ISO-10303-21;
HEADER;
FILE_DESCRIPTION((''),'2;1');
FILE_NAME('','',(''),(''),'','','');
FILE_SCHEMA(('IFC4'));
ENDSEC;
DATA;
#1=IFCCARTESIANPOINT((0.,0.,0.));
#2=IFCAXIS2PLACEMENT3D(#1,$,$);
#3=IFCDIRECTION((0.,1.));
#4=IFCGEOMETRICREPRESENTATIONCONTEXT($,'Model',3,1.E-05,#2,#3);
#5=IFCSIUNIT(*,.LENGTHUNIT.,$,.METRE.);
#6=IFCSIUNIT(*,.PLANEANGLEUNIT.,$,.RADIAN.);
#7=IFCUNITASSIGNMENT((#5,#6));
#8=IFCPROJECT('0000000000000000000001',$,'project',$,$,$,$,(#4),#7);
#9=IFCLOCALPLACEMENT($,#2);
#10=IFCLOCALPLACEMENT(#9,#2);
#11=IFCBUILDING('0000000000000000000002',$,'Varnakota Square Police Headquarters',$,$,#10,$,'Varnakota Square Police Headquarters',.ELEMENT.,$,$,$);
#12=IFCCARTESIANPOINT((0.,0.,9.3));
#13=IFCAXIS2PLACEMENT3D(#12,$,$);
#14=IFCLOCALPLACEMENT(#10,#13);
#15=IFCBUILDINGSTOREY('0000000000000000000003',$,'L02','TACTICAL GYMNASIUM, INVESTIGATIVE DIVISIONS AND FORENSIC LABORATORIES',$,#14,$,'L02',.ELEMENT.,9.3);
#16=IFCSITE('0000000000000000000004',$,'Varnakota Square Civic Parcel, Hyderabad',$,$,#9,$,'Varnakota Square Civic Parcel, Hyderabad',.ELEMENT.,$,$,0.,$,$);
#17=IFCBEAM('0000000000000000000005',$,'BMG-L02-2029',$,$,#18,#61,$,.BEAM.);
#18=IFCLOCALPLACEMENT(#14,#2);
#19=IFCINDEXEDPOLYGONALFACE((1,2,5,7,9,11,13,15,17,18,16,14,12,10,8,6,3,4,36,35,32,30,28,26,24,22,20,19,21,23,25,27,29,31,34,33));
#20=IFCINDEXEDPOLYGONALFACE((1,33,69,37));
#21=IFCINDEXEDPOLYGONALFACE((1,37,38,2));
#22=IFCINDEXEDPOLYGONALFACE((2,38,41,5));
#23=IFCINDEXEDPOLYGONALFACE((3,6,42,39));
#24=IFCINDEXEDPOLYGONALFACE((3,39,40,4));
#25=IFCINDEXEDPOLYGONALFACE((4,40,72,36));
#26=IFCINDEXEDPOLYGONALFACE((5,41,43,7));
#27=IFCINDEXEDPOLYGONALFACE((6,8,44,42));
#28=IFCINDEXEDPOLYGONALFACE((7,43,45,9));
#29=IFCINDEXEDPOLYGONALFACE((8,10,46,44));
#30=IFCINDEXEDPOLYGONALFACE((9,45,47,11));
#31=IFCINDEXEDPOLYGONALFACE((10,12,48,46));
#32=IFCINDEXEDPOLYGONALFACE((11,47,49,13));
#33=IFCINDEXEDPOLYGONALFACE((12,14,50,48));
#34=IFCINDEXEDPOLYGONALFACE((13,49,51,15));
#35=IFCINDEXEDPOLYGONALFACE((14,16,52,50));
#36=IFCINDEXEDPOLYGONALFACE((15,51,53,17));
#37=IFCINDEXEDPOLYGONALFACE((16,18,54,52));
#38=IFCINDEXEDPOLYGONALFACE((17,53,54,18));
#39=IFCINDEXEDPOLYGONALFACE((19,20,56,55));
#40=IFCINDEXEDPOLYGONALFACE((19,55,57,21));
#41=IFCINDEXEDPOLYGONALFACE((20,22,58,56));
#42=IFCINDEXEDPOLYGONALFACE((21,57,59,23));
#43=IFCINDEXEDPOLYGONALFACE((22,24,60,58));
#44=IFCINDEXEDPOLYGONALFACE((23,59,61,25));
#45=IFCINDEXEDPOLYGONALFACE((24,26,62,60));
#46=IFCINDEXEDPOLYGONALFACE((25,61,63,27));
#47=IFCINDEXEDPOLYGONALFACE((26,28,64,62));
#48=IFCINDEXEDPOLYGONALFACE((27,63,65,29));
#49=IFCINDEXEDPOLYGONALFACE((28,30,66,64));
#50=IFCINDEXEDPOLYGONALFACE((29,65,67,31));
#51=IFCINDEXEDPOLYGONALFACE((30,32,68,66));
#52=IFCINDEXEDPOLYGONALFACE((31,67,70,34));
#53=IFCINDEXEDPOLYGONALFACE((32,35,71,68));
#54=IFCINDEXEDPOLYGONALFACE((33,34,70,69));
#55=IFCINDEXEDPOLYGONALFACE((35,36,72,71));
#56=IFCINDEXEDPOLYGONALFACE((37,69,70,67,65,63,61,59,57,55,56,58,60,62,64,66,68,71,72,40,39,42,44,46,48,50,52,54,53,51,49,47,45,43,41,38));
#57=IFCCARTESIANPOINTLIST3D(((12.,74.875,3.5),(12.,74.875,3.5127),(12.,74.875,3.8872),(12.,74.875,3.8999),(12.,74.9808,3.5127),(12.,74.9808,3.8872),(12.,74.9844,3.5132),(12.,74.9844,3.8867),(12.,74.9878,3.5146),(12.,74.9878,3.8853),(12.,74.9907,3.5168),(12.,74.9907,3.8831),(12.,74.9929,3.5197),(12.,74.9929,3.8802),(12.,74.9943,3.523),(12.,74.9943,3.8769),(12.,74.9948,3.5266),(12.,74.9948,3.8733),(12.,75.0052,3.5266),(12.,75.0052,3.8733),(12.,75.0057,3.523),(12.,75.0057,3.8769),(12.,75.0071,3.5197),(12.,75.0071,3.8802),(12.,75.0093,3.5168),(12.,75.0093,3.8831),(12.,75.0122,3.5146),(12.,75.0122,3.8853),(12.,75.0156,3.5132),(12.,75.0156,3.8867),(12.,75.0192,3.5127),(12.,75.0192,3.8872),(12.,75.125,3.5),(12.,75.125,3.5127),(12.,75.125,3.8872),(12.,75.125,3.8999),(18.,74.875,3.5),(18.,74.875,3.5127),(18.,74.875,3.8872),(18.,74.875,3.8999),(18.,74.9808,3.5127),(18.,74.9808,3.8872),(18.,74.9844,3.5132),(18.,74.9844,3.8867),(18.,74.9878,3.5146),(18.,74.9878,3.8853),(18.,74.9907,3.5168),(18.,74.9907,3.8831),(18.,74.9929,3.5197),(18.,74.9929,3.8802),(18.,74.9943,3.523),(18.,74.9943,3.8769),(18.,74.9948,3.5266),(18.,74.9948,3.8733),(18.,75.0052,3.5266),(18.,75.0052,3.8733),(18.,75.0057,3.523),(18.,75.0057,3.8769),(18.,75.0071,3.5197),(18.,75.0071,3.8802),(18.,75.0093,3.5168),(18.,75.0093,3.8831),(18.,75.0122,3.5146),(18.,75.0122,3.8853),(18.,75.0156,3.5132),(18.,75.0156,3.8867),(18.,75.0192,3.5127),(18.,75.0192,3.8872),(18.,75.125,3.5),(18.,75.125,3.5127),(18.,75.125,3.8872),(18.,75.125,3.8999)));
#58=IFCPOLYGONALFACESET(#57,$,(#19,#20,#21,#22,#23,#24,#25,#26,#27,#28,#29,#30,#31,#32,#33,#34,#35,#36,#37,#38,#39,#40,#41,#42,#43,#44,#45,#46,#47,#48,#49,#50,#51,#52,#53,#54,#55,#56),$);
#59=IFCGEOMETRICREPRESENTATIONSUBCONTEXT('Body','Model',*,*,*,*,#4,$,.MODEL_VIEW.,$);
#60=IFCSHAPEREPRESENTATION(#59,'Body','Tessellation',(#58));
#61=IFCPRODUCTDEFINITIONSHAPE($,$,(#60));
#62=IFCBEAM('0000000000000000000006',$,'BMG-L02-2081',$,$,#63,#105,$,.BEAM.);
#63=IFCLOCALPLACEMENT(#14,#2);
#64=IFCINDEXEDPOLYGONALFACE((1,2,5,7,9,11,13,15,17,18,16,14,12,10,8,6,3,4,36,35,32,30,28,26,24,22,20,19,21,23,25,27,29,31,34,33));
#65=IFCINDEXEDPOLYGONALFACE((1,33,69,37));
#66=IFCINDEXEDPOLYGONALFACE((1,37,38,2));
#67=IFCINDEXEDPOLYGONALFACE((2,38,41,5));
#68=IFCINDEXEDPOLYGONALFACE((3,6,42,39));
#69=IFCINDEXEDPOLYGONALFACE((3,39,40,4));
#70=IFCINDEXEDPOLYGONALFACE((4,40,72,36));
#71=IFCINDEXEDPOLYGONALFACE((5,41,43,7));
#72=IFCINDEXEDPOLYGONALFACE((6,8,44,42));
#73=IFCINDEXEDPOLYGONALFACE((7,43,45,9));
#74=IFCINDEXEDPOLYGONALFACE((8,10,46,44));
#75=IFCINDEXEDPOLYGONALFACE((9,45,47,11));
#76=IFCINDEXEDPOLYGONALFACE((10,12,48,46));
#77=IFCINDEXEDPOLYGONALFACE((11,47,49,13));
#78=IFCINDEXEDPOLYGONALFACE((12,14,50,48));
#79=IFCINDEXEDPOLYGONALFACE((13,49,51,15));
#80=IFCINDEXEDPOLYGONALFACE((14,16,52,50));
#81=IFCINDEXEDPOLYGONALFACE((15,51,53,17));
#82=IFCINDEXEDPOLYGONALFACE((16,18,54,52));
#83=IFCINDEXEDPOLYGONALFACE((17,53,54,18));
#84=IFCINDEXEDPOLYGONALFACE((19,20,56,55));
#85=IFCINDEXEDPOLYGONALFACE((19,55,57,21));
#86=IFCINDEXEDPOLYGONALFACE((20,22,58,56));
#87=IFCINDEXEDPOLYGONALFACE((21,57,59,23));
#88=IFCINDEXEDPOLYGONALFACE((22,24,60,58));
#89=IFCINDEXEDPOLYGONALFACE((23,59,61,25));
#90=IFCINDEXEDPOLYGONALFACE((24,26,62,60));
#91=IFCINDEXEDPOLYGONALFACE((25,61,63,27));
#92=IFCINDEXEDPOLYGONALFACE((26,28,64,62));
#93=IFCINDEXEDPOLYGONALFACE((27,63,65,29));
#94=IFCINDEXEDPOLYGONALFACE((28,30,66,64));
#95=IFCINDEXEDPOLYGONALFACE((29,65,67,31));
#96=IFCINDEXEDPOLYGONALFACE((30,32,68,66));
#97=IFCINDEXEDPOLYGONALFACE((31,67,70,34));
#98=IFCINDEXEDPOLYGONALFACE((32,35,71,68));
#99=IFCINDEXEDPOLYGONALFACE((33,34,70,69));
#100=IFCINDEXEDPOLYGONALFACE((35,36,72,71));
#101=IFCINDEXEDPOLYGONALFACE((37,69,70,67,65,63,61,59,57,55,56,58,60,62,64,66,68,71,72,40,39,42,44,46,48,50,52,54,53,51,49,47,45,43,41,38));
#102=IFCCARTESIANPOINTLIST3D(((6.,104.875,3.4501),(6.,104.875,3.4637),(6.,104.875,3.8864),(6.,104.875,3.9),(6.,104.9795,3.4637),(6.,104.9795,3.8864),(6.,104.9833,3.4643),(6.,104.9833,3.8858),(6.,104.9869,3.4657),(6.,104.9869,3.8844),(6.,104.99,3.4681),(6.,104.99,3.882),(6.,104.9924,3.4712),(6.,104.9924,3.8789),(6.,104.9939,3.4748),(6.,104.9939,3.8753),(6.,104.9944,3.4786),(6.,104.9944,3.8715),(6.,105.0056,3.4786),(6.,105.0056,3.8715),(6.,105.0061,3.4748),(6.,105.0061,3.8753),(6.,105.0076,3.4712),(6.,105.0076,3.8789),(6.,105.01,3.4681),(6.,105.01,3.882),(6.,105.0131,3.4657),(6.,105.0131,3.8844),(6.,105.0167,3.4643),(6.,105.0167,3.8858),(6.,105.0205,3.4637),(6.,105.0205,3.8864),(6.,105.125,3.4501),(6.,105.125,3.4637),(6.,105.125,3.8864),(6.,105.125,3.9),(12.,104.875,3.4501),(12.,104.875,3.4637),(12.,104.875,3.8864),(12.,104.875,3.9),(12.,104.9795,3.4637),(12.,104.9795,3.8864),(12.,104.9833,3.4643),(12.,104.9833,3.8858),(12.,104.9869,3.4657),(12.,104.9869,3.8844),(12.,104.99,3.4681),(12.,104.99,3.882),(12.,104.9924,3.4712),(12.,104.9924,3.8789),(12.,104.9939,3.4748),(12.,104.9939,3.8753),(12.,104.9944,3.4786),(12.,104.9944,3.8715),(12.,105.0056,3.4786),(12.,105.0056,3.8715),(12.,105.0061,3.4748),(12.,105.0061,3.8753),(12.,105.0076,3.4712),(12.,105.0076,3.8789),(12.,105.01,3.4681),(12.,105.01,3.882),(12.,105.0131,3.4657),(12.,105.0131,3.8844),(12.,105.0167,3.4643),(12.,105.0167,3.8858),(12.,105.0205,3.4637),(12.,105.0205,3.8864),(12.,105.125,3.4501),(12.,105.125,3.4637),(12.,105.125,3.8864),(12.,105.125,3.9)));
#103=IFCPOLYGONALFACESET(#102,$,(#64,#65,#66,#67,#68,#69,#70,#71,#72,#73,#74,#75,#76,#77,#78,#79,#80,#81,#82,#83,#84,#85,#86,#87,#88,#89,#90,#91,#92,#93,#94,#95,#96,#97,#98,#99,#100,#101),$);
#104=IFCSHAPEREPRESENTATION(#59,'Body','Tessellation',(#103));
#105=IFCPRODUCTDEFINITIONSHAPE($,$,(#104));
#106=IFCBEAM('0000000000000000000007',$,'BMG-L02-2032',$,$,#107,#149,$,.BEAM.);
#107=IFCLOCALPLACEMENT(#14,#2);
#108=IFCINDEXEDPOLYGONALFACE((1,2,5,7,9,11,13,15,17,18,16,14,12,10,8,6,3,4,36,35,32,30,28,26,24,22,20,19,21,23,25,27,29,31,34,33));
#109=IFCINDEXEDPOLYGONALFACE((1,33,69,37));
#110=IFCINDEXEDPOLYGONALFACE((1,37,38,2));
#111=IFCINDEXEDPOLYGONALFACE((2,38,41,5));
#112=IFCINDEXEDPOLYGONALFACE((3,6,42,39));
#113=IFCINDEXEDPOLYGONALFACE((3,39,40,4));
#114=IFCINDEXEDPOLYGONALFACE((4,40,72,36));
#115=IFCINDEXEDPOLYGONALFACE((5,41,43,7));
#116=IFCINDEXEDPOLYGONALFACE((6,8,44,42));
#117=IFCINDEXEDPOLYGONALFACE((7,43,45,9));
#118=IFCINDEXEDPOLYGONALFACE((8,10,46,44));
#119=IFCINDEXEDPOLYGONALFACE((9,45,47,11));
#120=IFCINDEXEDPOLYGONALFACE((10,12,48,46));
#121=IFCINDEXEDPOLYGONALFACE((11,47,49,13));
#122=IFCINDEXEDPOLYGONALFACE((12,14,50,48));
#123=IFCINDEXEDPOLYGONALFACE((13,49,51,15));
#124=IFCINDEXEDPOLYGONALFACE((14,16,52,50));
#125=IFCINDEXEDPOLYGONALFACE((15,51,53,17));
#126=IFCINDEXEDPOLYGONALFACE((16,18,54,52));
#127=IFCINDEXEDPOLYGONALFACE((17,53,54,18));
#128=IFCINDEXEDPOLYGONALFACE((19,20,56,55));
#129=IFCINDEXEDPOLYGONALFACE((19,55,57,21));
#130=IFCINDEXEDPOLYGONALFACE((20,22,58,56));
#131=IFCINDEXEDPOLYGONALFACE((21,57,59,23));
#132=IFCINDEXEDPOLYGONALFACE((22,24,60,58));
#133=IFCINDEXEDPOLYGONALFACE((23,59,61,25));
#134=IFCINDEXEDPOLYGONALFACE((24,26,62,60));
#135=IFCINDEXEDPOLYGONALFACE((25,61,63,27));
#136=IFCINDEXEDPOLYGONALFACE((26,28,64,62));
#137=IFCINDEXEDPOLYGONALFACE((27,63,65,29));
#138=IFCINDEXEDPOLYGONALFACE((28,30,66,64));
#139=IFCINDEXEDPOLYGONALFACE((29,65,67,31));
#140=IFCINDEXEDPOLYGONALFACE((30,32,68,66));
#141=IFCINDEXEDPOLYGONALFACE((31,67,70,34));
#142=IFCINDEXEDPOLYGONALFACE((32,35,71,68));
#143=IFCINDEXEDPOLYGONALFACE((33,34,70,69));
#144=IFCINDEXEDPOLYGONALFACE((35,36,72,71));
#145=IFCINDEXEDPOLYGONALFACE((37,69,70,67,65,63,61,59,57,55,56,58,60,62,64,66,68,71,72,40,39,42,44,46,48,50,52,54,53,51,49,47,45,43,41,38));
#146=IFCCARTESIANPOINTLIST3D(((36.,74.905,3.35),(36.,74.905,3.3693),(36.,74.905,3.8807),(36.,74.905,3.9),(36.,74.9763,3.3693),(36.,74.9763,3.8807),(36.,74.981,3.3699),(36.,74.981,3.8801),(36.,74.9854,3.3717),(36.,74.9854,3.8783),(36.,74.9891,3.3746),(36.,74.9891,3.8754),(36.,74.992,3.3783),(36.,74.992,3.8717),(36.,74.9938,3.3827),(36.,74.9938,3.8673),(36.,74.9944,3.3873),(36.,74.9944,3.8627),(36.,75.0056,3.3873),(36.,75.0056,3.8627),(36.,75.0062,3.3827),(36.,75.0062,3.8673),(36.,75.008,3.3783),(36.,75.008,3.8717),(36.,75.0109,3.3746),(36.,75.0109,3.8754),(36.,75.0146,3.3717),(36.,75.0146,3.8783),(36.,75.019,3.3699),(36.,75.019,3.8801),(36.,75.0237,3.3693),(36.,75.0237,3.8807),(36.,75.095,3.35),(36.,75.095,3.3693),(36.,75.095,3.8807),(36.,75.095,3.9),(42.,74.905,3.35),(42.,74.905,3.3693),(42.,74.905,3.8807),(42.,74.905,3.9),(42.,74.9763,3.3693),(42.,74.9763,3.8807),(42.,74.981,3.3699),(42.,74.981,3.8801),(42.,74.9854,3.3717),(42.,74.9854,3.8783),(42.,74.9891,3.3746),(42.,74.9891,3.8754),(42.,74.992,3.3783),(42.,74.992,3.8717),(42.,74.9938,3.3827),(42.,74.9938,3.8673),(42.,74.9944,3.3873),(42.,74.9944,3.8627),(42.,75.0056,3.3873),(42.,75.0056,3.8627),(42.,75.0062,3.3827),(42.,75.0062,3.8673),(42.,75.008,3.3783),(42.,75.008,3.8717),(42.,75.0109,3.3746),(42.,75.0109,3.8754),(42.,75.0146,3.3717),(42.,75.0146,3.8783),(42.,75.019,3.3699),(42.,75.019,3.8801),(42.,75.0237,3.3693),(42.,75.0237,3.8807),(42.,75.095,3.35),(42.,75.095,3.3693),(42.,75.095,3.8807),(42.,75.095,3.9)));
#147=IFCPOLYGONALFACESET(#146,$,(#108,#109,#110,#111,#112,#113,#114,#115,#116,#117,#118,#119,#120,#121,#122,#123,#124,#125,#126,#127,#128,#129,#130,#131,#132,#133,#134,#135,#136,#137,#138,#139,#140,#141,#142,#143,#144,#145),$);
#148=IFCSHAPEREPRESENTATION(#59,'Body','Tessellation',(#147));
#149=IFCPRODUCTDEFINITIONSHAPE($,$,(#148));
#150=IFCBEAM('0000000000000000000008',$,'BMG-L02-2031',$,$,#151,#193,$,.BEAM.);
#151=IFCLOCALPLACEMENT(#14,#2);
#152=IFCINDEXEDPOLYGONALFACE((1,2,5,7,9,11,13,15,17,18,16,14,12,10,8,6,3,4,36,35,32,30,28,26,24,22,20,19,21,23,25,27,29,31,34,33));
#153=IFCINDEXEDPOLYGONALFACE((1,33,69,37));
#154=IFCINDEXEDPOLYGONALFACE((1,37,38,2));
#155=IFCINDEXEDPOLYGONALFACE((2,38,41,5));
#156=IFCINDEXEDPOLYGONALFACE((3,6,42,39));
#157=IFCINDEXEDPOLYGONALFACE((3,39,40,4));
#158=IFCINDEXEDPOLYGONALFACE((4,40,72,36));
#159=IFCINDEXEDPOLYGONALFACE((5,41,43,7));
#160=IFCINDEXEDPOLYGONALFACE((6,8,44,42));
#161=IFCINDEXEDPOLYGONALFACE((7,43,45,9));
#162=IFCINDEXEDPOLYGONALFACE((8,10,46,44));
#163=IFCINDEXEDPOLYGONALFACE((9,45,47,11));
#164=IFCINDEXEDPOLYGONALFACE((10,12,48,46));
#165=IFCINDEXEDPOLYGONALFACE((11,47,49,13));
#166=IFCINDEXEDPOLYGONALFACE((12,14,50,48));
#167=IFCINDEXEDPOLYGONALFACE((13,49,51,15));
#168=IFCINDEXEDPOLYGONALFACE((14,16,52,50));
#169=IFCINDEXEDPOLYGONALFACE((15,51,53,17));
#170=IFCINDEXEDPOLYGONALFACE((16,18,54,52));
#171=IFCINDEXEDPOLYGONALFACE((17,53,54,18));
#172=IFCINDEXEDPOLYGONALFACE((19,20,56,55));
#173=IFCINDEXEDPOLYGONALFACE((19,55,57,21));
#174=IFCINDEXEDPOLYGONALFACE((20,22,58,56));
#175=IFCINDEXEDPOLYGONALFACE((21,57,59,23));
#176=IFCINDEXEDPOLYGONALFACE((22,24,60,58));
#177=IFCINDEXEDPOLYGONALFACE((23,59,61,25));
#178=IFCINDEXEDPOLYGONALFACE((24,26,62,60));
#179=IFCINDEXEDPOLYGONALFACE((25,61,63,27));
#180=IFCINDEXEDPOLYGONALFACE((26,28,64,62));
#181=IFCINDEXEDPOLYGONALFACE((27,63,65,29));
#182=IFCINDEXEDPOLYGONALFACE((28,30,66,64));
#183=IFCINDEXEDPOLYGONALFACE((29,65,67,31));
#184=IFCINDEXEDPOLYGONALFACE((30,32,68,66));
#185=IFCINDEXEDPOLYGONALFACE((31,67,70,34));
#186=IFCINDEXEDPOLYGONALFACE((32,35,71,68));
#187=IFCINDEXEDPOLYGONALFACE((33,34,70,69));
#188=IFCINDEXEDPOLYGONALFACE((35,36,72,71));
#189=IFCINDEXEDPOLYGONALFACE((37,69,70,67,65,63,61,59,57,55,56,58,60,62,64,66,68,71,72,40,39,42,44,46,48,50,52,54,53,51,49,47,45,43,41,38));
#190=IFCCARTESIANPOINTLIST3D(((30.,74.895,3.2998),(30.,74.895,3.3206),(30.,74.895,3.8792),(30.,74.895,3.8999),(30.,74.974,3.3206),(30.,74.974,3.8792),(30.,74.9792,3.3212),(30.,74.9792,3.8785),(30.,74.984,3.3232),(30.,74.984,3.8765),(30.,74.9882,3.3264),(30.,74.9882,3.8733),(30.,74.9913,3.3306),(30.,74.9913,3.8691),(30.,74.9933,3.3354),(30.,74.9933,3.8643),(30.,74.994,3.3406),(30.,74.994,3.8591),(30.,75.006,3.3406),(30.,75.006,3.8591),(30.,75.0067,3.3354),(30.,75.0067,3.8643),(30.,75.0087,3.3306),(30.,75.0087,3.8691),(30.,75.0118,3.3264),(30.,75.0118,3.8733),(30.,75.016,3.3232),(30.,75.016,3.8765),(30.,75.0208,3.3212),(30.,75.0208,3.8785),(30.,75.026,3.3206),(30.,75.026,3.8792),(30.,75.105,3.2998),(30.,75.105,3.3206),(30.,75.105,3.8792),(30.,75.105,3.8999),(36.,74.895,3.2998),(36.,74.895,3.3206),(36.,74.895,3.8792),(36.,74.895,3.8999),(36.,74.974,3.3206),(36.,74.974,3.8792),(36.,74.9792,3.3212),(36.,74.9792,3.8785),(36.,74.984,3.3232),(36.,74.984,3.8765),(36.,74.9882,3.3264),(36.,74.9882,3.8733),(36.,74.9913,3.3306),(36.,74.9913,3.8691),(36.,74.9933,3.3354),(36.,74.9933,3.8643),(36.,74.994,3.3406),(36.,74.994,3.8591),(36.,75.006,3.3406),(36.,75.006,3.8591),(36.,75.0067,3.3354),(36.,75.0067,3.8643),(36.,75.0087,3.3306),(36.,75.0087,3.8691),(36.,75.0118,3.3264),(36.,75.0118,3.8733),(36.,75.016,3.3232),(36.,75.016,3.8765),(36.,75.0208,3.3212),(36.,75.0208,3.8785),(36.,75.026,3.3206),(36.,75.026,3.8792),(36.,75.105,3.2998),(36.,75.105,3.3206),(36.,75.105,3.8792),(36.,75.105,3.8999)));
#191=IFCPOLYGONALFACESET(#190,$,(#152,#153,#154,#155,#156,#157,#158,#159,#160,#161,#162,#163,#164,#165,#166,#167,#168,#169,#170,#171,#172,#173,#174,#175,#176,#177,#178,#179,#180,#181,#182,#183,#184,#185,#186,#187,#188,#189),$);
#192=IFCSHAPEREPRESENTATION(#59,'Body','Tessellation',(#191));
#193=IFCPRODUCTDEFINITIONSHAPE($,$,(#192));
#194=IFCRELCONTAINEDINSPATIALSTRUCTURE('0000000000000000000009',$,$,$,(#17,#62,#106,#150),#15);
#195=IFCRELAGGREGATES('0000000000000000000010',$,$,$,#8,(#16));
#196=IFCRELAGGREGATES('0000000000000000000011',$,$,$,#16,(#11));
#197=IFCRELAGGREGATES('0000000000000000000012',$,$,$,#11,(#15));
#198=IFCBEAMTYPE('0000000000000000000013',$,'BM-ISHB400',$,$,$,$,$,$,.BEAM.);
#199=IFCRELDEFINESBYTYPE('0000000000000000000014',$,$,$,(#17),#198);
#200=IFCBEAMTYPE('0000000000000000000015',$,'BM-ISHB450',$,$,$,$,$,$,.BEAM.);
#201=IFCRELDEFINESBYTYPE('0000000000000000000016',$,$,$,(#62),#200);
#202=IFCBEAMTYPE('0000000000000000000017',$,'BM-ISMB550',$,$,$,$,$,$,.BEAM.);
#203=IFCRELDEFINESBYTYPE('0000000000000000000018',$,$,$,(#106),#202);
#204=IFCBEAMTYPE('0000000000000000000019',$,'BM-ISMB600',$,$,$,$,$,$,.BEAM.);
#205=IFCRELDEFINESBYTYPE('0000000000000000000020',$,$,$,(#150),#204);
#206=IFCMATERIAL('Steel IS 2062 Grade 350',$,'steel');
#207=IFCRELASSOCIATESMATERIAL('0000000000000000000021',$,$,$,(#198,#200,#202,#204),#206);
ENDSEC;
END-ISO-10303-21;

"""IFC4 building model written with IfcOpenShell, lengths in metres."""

from ifc_helpers import new_model, si_unit, direction, frame, origin, origin_2d, place, context, subcontext, project, spatial, i_section, extrude, material, material_profile, profile_set, type_object, element, save


model = new_model("IFC4")

# Units and contexts
model_context = context("Model", 3, precision=1e-05, world=origin(), true_north=direction((0.0, 1.0)))
body_context = subcontext(model_context, "Body", "Model", "MODEL_VIEW")
ifc_project = project(units=[si_unit("LENGTHUNIT", "METRE"), si_unit("PLANEANGLEUNIT", "RADIAN")], contexts=[model_context])

# Site, building, storey
site_placement = place(None, origin())
site = spatial("IfcSite", under=ifc_project, at=site_placement, Name="Varnakota Square Civic Parcel, Hyderabad", LongName="Varnakota Square Civic Parcel, Hyderabad", CompositionType="ELEMENT", RefElevation=0.0)
building_placement = place(site_placement, origin())
building = spatial("IfcBuilding", under=site, at=building_placement, Name="Varnakota Square Police Headquarters", LongName="Varnakota Square Police Headquarters", CompositionType="ELEMENT")
storey_placement = place(building_placement, frame((0.0, 0.0, 9.3)))
storey = spatial("IfcBuildingStorey", under=building, at=storey_placement, Name="L02", Description="TACTICAL GYMNASIUM, INVESTIGATIVE DIVISIONS AND FORENSIC LABORATORIES", LongName="L02", CompositionType="ELEMENT", Elevation=9.3)

# Shared definitions
ifc_material_1 = material(Name="Steel IS 2062 Grade 350", Category="steel")

# Beams
ifc_material_profile_1 = material_profile(ifc_material_1, i_section(OverallWidth=0.25, OverallDepth=0.3999, WebThickness=0.0105, FlangeThickness=0.0127, FilletRadius=0.0139, at=origin_2d()), Name="ISHB 400")
ifc_profile_set_1 = profile_set([ifc_material_profile_1], Name="Steel IS 2062 Grade 350")
beam_type_1 = type_object("IfcBeamType", Name="BM-ISHB400", PredefinedType="BEAM", material=ifc_profile_set_1)
beam_1_placement = place(storey_placement, frame((12.0, 75.0, 3.7), z_axis=(1.0, 0.0, 0.0), x_axis=(0.0, 1.0, 0.0)))
element("IfcBeam", 1, at=beam_1_placement, inside=storey, type_object=beam_type_1, Name="BMG-L02-2029", PredefinedType="BEAM", context=body_context, shape_type="SweptSolid", body=[
    extrude(i_section(OverallWidth=0.25, OverallDepth=0.3999, WebThickness=0.0105, FlangeThickness=0.0127, FilletRadius=0.0139, at=origin_2d()), origin(), (0.0, 0.0, 1.0), 6.0),
])
ifc_material_profile_2 = material_profile(ifc_material_1, i_section(OverallWidth=0.25, OverallDepth=0.45, WebThickness=0.0112, FlangeThickness=0.0137, FilletRadius=0.0149, at=origin_2d()), Name="ISHB 450")
ifc_profile_set_2 = profile_set([ifc_material_profile_2], Name="Steel IS 2062 Grade 350")
beam_type_2 = type_object("IfcBeamType", Name="BM-ISHB450", PredefinedType="BEAM", material=ifc_profile_set_2)
beam_2_placement = place(storey_placement, frame((6.0, 105.0, 3.675), z_axis=(1.0, 0.0, 0.0), x_axis=(0.0, 1.0, 0.0)))
element("IfcBeam", 2, at=beam_2_placement, inside=storey, type_object=beam_type_2, Name="BMG-L02-2081", PredefinedType="BEAM", context=body_context, shape_type="SweptSolid", body=[
    extrude(i_section(OverallWidth=0.25, OverallDepth=0.45, WebThickness=0.0112, FlangeThickness=0.0137, FilletRadius=0.0149, at=origin_2d()), origin(), (0.0, 0.0, 1.0), 6.0),
])
ifc_material_profile_3 = material_profile(ifc_material_1, i_section(OverallWidth=0.1899, OverallDepth=0.55, WebThickness=0.0112, FlangeThickness=0.0193, FilletRadius=0.0181, at=origin_2d()), Name="ISMB 550")
ifc_profile_set_3 = profile_set([ifc_material_profile_3], Name="Steel IS 2062 Grade 350")
beam_type_3 = type_object("IfcBeamType", Name="BM-ISMB550", PredefinedType="BEAM", material=ifc_profile_set_3)
beam_3_placement = place(storey_placement, frame((36.0, 75.0, 3.625), z_axis=(1.0, 0.0, 0.0), x_axis=(0.0, 1.0, 0.0)))
element("IfcBeam", 3, at=beam_3_placement, inside=storey, type_object=beam_type_3, Name="BMG-L02-2032", PredefinedType="BEAM", context=body_context, shape_type="SweptSolid", body=[
    extrude(i_section(OverallWidth=0.1899, OverallDepth=0.55, WebThickness=0.0112, FlangeThickness=0.0193, FilletRadius=0.0181, at=origin_2d()), origin(), (0.0, 0.0, 1.0), 6.0),
])
ifc_material_profile_4 = material_profile(ifc_material_1, i_section(OverallWidth=0.21, OverallDepth=0.6001, WebThickness=0.012, FlangeThickness=0.0208, FilletRadius=0.02, at=origin_2d()), Name="ISMB 600")
ifc_profile_set_4 = profile_set([ifc_material_profile_4], Name="Steel IS 2062 Grade 350")
beam_type_4 = type_object("IfcBeamType", Name="BM-ISMB600", PredefinedType="BEAM", material=ifc_profile_set_4)
beam_4_placement = place(storey_placement, frame((30.0, 75.0, 3.5999), z_axis=(1.0, 0.0, 0.0), x_axis=(0.0, 1.0, 0.0)))
element("IfcBeam", 4, at=beam_4_placement, inside=storey, type_object=beam_type_4, Name="BMG-L02-2031", PredefinedType="BEAM", context=body_context, shape_type="SweptSolid", body=[
    extrude(i_section(OverallWidth=0.21, OverallDepth=0.6001, WebThickness=0.012, FlangeThickness=0.0208, FilletRadius=0.02, at=origin_2d()), origin(), (0.0, 0.0, 1.0), 6.0),
])

save(model, "model.ifc")
